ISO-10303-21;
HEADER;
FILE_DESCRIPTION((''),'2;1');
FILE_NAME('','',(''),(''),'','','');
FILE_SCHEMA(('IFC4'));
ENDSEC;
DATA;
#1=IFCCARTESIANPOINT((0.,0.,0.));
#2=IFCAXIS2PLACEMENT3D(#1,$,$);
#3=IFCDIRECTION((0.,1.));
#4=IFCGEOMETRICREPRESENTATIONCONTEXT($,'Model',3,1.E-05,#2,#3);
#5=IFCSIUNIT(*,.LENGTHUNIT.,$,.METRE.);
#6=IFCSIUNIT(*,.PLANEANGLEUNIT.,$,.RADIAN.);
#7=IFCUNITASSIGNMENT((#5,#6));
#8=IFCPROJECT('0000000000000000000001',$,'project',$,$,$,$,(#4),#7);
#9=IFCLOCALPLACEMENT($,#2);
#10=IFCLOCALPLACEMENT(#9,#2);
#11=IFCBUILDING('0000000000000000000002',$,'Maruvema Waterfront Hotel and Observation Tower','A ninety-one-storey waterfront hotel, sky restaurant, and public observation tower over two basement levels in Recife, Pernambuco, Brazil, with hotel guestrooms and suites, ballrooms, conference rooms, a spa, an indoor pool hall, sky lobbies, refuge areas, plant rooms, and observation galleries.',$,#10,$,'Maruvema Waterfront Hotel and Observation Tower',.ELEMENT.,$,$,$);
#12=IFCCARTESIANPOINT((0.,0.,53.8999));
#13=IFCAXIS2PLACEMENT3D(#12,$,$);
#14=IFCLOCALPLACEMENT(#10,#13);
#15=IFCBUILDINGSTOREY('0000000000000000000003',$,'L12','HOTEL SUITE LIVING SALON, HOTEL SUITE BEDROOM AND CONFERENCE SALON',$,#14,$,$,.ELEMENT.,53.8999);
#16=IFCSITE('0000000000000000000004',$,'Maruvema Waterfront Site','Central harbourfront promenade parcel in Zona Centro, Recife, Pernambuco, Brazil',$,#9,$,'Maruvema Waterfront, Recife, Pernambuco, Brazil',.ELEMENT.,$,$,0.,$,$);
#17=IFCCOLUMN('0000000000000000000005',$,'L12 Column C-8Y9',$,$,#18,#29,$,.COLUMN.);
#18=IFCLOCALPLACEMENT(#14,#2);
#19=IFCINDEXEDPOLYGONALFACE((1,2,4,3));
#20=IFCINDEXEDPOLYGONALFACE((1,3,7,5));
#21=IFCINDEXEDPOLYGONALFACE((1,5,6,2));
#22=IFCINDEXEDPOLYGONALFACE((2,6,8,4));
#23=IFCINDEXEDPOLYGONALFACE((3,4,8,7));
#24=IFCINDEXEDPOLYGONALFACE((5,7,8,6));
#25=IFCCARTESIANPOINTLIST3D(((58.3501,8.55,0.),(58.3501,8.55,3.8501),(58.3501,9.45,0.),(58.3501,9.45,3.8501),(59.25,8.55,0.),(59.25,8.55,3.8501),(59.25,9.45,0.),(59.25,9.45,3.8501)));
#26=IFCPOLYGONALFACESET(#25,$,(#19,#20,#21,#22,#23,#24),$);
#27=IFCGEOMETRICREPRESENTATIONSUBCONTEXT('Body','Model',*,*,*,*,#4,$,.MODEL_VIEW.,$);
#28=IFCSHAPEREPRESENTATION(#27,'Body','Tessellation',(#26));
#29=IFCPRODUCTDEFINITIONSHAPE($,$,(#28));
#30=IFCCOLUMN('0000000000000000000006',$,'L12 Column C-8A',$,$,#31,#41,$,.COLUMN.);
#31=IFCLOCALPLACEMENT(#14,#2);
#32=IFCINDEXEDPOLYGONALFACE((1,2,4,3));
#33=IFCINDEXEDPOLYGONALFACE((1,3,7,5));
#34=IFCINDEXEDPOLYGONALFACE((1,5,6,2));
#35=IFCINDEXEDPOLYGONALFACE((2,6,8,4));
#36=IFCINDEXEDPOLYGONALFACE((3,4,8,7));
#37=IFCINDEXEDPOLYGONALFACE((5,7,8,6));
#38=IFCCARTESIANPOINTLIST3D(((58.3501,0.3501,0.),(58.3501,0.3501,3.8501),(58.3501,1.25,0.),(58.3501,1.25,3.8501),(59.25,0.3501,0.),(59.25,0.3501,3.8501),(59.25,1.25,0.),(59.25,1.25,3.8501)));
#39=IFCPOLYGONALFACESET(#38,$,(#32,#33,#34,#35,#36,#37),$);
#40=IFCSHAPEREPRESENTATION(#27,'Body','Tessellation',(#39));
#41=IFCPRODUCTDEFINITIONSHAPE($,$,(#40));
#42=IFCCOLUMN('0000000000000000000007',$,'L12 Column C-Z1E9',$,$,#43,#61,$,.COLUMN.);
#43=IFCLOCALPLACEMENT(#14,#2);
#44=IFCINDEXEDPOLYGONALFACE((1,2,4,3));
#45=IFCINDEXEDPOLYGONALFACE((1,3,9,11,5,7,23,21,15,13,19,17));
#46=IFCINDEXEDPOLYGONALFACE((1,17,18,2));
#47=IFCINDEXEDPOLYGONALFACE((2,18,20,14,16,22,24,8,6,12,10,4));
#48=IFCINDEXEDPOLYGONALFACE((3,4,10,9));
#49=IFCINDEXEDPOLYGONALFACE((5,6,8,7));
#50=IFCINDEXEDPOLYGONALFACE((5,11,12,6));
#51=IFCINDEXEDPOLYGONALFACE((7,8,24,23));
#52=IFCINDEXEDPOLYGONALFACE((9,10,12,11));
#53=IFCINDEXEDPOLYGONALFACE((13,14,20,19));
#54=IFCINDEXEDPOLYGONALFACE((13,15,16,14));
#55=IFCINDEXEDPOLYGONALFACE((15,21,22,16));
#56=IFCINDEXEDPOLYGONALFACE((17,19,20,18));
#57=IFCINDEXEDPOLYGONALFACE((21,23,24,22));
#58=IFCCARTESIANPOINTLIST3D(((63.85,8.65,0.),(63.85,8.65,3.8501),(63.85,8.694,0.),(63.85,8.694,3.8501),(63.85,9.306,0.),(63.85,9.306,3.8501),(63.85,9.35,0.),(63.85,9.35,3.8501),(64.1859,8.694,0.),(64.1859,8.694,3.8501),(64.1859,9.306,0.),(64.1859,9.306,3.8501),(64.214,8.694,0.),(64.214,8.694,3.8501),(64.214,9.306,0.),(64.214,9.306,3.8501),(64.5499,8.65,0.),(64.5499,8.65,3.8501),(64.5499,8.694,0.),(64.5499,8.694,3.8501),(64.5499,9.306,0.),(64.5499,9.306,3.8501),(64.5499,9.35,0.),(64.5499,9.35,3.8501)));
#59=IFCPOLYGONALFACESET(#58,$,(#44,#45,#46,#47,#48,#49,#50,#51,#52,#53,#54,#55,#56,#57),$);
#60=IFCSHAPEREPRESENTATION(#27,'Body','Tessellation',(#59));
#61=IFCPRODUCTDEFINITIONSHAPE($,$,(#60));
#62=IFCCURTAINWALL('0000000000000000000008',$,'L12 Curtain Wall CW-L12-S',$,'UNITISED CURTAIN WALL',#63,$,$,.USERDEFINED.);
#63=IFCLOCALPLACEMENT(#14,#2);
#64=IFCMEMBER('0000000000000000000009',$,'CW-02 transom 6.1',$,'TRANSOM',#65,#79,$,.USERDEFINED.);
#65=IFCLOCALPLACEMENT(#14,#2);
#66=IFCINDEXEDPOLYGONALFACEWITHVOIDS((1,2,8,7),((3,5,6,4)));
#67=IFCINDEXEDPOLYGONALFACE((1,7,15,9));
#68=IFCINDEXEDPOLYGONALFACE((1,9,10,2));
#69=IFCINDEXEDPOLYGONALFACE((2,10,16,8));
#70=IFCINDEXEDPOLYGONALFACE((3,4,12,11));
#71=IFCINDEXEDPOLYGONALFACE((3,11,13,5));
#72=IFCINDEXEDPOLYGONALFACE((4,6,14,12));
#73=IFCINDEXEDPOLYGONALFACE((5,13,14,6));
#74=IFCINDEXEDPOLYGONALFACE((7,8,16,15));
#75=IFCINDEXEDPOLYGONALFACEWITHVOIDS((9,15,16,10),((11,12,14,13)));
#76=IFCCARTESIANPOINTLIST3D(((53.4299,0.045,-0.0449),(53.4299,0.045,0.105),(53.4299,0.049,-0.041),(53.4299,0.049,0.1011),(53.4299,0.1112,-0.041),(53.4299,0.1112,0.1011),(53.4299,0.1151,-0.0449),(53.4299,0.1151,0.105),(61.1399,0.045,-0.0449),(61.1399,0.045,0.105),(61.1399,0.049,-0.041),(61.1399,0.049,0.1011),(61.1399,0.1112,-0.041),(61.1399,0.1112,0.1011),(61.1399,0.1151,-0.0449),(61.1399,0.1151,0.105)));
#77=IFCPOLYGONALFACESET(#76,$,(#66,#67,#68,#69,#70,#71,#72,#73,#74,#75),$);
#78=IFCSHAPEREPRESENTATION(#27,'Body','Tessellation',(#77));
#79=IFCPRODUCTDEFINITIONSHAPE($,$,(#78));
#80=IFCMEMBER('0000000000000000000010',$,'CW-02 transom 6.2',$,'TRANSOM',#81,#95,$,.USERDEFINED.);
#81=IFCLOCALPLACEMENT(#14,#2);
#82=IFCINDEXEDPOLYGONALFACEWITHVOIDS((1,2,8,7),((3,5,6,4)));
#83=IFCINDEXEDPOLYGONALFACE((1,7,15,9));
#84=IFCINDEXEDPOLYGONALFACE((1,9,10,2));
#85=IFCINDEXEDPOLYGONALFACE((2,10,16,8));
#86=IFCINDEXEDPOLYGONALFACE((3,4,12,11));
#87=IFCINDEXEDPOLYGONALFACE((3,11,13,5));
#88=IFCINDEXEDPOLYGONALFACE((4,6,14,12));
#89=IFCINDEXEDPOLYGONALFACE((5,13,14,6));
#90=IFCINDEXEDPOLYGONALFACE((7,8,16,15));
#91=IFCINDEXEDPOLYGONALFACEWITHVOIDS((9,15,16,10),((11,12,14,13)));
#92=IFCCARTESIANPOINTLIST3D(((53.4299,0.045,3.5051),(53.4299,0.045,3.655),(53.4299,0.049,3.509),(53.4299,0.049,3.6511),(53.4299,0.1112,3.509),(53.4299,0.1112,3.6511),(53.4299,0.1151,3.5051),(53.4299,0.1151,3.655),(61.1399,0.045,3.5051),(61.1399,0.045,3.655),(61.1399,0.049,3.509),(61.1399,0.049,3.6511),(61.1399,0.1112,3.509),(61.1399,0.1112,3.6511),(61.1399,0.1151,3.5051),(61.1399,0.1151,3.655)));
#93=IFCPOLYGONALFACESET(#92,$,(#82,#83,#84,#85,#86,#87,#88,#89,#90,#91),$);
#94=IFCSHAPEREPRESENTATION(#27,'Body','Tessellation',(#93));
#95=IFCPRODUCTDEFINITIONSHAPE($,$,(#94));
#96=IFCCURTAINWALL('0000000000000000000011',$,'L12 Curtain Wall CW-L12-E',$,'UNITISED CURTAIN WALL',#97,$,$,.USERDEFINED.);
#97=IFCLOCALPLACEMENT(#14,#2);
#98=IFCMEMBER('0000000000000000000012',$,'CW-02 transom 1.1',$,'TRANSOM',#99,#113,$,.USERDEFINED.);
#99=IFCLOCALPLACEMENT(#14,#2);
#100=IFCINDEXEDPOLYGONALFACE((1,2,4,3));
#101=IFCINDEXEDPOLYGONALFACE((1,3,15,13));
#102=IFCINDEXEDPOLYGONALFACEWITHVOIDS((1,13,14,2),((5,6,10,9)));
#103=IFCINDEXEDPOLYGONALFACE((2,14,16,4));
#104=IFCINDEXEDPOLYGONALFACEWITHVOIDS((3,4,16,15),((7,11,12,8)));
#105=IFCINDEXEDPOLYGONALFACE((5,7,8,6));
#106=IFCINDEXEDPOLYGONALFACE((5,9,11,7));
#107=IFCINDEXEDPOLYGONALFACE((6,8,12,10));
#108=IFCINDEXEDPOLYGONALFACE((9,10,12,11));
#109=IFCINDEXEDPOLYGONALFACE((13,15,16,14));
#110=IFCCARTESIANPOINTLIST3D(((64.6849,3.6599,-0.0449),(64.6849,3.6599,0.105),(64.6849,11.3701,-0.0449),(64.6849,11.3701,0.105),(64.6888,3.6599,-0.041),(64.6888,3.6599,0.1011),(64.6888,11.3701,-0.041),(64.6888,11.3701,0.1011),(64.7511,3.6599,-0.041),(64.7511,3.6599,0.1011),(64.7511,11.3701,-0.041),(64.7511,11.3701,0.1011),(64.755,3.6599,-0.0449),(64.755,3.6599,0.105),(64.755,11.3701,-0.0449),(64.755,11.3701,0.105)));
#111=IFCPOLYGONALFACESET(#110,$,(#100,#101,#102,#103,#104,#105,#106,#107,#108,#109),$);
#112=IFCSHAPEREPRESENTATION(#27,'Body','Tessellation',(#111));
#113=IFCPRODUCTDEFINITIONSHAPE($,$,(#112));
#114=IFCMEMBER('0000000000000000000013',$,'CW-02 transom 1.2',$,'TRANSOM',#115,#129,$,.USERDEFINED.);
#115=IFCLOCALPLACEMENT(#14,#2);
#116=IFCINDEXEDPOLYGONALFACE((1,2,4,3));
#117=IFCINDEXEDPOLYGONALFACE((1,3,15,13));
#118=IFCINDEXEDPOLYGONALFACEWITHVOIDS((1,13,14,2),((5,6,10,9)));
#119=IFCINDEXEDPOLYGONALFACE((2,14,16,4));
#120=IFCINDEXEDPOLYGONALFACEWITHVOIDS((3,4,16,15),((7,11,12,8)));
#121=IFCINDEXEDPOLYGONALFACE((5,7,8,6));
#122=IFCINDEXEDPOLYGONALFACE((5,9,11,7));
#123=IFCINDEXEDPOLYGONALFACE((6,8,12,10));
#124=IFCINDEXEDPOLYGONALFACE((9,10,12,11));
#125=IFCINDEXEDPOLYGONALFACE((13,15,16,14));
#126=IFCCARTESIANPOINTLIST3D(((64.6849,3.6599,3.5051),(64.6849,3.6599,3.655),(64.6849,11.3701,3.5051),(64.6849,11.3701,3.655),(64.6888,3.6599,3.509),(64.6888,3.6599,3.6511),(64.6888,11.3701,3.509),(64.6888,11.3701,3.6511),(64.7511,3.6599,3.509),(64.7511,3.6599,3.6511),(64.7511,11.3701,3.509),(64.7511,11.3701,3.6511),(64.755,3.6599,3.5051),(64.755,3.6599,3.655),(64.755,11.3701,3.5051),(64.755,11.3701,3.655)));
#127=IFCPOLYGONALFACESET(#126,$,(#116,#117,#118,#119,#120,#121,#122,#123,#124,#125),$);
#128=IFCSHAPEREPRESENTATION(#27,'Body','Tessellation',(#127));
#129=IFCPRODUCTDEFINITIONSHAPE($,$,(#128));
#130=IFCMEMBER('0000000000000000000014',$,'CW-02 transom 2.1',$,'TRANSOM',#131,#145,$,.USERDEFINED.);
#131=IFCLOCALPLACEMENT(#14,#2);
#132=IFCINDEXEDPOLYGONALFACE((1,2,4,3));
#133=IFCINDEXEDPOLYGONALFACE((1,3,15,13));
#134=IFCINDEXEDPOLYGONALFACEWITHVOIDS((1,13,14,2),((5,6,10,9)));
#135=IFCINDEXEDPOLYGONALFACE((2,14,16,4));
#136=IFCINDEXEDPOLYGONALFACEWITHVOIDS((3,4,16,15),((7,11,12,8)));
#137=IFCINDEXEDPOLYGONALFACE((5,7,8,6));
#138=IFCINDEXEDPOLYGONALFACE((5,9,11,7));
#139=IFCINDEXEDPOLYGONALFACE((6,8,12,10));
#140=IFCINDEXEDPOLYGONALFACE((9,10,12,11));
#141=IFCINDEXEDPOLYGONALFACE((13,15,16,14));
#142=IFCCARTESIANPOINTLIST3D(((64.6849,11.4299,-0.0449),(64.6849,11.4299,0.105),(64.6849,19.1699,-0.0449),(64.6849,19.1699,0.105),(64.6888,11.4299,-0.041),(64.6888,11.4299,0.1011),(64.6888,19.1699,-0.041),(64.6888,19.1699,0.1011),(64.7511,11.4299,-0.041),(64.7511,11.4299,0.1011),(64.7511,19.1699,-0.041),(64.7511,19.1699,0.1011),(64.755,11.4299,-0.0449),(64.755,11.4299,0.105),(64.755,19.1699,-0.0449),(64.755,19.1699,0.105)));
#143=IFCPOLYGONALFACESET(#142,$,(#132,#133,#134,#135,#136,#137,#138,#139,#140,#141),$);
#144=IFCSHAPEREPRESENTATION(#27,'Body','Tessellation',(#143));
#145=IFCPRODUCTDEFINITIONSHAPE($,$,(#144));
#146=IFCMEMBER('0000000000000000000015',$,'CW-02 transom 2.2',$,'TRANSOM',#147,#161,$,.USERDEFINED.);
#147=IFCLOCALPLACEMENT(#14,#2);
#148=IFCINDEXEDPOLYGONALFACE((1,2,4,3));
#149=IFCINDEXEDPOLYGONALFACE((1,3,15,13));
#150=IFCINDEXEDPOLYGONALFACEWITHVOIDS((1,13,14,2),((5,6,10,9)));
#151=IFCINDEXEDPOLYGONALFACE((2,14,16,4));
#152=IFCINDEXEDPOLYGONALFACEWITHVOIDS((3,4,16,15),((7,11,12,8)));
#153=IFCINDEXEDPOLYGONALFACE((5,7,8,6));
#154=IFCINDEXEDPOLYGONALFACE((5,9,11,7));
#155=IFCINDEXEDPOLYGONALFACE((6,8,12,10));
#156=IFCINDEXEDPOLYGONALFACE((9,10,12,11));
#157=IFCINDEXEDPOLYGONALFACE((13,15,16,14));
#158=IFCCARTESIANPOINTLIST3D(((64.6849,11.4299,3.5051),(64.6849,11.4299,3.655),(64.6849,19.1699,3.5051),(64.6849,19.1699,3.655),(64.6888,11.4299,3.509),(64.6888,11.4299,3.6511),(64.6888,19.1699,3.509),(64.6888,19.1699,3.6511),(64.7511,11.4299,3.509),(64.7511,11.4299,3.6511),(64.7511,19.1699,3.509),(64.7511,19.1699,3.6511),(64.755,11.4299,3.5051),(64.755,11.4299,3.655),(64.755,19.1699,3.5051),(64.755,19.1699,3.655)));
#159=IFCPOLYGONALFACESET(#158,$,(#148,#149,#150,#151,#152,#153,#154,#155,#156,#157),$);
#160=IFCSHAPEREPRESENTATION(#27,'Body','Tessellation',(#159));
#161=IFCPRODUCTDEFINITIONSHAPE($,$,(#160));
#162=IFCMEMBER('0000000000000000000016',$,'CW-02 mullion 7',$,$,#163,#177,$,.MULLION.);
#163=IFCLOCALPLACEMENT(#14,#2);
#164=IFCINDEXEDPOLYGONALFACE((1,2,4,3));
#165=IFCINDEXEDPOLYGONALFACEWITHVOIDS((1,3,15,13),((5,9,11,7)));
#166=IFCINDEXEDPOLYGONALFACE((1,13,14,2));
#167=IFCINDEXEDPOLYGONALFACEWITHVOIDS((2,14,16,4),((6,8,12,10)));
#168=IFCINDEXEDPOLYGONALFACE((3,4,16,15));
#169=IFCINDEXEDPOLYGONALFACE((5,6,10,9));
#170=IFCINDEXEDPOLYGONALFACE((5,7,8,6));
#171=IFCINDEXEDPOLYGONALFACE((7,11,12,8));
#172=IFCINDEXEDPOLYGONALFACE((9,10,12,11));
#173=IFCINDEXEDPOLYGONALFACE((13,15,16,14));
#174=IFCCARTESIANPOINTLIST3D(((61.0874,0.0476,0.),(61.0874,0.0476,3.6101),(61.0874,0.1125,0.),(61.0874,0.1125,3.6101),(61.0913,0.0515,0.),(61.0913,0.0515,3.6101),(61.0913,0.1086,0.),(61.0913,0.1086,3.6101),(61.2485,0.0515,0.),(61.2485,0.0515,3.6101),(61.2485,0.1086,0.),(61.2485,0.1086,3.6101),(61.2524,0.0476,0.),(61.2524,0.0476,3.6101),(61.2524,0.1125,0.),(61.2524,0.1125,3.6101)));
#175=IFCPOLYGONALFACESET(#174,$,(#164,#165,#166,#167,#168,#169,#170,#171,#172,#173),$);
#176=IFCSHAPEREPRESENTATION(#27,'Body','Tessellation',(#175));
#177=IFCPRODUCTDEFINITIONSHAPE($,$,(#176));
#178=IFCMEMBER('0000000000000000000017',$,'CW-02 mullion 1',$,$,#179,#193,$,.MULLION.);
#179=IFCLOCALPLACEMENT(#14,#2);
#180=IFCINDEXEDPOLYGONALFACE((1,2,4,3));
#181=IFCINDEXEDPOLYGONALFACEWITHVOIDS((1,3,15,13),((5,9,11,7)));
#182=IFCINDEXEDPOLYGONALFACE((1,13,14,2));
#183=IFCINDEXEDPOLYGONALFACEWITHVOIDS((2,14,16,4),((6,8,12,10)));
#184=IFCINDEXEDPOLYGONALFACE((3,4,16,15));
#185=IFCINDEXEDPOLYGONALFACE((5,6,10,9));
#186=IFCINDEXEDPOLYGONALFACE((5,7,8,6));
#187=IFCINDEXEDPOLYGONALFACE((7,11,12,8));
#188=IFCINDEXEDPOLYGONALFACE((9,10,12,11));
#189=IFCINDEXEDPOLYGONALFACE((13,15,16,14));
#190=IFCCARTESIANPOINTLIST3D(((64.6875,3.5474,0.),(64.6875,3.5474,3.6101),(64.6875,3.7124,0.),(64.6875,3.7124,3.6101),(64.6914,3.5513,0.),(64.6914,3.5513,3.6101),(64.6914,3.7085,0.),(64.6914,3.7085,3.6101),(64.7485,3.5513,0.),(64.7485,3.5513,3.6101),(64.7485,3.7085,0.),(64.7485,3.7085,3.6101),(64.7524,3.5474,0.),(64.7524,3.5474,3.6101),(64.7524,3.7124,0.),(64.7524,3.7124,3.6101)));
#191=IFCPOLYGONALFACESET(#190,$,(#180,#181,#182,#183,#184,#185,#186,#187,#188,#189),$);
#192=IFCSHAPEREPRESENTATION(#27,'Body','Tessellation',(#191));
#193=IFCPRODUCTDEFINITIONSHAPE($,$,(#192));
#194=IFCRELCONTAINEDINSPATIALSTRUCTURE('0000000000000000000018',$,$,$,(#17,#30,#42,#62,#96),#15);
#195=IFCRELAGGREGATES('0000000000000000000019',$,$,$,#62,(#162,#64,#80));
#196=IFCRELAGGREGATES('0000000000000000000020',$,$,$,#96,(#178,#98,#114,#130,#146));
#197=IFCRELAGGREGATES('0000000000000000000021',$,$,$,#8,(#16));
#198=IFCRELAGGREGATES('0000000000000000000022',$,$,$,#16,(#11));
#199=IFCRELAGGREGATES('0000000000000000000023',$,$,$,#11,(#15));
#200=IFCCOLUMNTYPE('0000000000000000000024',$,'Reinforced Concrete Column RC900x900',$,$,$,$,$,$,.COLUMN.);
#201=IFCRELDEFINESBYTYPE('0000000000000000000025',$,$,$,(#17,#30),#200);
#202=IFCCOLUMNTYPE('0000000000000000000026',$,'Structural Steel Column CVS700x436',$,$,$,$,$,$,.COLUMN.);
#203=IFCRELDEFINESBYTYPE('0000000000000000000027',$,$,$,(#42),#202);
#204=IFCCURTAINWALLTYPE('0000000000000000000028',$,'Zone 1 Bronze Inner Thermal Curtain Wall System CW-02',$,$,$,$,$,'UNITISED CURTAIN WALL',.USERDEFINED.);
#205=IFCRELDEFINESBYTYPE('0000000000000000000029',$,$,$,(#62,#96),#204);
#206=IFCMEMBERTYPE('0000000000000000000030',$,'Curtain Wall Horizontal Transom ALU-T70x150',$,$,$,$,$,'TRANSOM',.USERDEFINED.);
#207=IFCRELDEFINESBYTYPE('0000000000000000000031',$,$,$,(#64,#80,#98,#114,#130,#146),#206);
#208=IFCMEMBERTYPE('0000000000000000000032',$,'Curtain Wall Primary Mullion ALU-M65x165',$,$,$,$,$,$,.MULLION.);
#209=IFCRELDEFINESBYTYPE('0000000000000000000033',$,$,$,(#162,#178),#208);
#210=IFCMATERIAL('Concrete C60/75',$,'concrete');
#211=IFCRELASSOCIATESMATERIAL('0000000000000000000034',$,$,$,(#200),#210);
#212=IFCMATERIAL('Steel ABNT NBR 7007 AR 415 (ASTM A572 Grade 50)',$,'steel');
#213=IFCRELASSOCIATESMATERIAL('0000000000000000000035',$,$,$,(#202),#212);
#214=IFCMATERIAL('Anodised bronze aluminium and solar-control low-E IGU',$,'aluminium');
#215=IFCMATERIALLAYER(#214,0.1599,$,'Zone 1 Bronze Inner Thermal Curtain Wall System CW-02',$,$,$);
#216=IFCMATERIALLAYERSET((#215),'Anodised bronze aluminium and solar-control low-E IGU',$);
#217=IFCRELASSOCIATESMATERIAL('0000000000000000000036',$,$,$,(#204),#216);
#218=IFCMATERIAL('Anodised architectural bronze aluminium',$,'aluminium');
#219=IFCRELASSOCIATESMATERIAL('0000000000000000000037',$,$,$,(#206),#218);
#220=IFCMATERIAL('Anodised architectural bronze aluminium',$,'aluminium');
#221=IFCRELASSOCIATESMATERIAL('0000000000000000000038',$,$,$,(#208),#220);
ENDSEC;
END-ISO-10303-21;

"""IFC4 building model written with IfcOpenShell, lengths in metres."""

from ifc_helpers import new_model, si_unit, direction, frame, origin, origin_2d, place, context, subcontext, project, spatial, rectangle, hollow_rectangle, i_section, extrude, material, layer, layer_set, material_profile, profile_set, type_object, element, aggregate, save


model = new_model("IFC4")

# Units and contexts
model_context = context("Model", 3, precision=1e-05, world=origin(), true_north=direction((0.0, 1.0)))
body_context = subcontext(model_context, "Body", "Model", "MODEL_VIEW")
ifc_project = project(units=[si_unit("LENGTHUNIT", "METRE"), si_unit("PLANEANGLEUNIT", "RADIAN")], contexts=[model_context])

# Site, building, storey
site_placement = place(None, origin())
site = spatial("IfcSite", under=ifc_project, at=site_placement, Name="Maruvema Waterfront Site", Description="Central harbourfront promenade parcel in Zona Centro, Recife, Pernambuco, Brazil", LongName="Maruvema Waterfront, Recife, Pernambuco, Brazil", CompositionType="ELEMENT", RefElevation=0.0)
building_placement = place(site_placement, origin())
building = spatial("IfcBuilding", under=site, at=building_placement, Name="Maruvema Waterfront Hotel and Observation Tower", Description="A ninety-one-storey waterfront hotel, sky restaurant, and public observation tower over two basement levels in Recife, Pernambuco, Brazil, with hotel guestrooms and suites, ballrooms, conference rooms, a spa, an indoor pool hall, sky lobbies, refuge areas, plant rooms, and observation galleries.", LongName="Maruvema Waterfront Hotel and Observation Tower", CompositionType="ELEMENT")
storey_placement = place(building_placement, frame((0.0, 0.0, 53.8999)))
storey = spatial("IfcBuildingStorey", under=building, at=storey_placement, Name="L12", Description="HOTEL SUITE LIVING SALON, HOTEL SUITE BEDROOM AND CONFERENCE SALON", CompositionType="ELEMENT", Elevation=53.8999)

# Columns
ifc_material_1 = material(Name="Concrete C60/75", Category="concrete")
ifc_material_profile_1 = material_profile(ifc_material_1, rectangle(XDim=0.8999, YDim=0.8999, at=origin_2d()), Name="RC900x900")
ifc_profile_set_1 = profile_set([ifc_material_profile_1], Name="Concrete C60/75")
column_type_1 = type_object("IfcColumnType", Name="Reinforced Concrete Column RC900x900", PredefinedType="COLUMN", material=ifc_profile_set_1)
for number, where, z_axis, x_axis, name in (
    (1, (58.8, 9.0, 0.0), (0.0, 0.0, 1.0), (1.0, 0.0, 0.0), "L12 Column C-8Y9"),
    (2, (58.8, 0.8, 0.0), (0.0, 0.0, 1.0), (1.0, 0.0, 0.0), "L12 Column C-8A"),
):
    element("IfcColumn", number, at=place(storey_placement, frame(where, z_axis=z_axis, x_axis=x_axis)), inside=storey, type_object=column_type_1, Name=name, PredefinedType="COLUMN", context=body_context, shape_type="SweptSolid", body=[
        extrude(rectangle(XDim=0.8999, YDim=0.8999, at=origin_2d()), origin(), (0.0, 0.0, 1.0), 3.8501),
    ])
ifc_material_2 = material(Name="Steel ABNT NBR 7007 AR 415 (ASTM A572 Grade 50)", Category="steel")
ifc_material_profile_2 = material_profile(ifc_material_2, i_section(OverallWidth=0.7, OverallDepth=0.7, WebThickness=0.0281, FlangeThickness=0.0439, at=origin_2d()), Name="CVS700x436")
ifc_profile_set_2 = profile_set([ifc_material_profile_2], Name="Steel ABNT NBR 7007 AR 415 (ASTM A572 Grade 50)")
column_type_2 = type_object("IfcColumnType", Name="Structural Steel Column CVS700x436", PredefinedType="COLUMN", material=ifc_profile_set_2)
column_placement = place(storey_placement, frame((64.2, 9.0, 0.0), z_axis=(0.0, 0.0, 1.0), x_axis=(1.0, 0.0, 0.0)))
element("IfcColumn", 3, at=column_placement, inside=storey, type_object=column_type_2, Name="L12 Column C-Z1E9", PredefinedType="COLUMN", context=body_context, shape_type="SweptSolid", body=[
    extrude(i_section(OverallWidth=0.7, OverallDepth=0.7, WebThickness=0.0281, FlangeThickness=0.0439, at=origin_2d()), origin(), (0.0, 0.0, 1.0), 3.8501),
])

# Curtain walls, members
ifc_material_3 = material(Name="Anodised bronze aluminium and solar-control low-E IGU", Category="aluminium")
ifc_layer_1 = layer(ifc_material_3, 0.1599, Name="Zone 1 Bronze Inner Thermal Curtain Wall System CW-02")
ifc_layer_set_1 = layer_set([ifc_layer_1], Name="Anodised bronze aluminium and solar-control low-E IGU")
curtain_wall_type = type_object("IfcCurtainWallType", Name="Zone 1 Bronze Inner Thermal Curtain Wall System CW-02", ElementType="UNITISED CURTAIN WALL", PredefinedType="USERDEFINED", material=ifc_layer_set_1)
curtain_wall_1_placement = place(storey_placement, origin())
curtain_wall_1 = element("IfcCurtainWall", 4, at=curtain_wall_1_placement, inside=storey, type_object=curtain_wall_type, Name="L12 Curtain Wall CW-L12-S", ObjectType="UNITISED CURTAIN WALL", PredefinedType="USERDEFINED")
ifc_material_4 = material(Name="Anodised architectural bronze aluminium", Category="aluminium")
ifc_material_profile_3 = material_profile(ifc_material_4, hollow_rectangle(XDim=0.0701, YDim=0.1499, WallThickness=0.0039, at=origin_2d()), Name="ALU-T70x150")
ifc_profile_set_3 = profile_set([ifc_material_profile_3], Name="Anodised architectural bronze aluminium")
member_type_1 = type_object("IfcMemberType", Name="Curtain Wall Horizontal Transom ALU-T70x150", ElementType="TRANSOM", PredefinedType="USERDEFINED", material=ifc_profile_set_3)
member_1_placement = place(storey_placement, frame((53.4299, 0.0801, 0.03), z_axis=(1.0, 0.0, 0.0), x_axis=(0.0, 1.0, 0.0)))
member_1 = element("IfcMember", 5, at=member_1_placement, type_object=member_type_1, Name="CW-02 transom 6.1", ObjectType="TRANSOM", PredefinedType="USERDEFINED", context=body_context, shape_type="SweptSolid", body=[
    extrude(hollow_rectangle(XDim=0.0701, YDim=0.1499, WallThickness=0.0039, at=origin_2d()), origin(), (0.0, 0.0, 1.0), 7.71),
])
member_2_placement = place(storey_placement, frame((53.4299, 0.0801, 3.5801), z_axis=(1.0, 0.0, 0.0), x_axis=(0.0, 1.0, 0.0)))
member_2 = element("IfcMember", 6, at=member_2_placement, type_object=member_type_1, Name="CW-02 transom 6.2", ObjectType="TRANSOM", PredefinedType="USERDEFINED", context=body_context, shape_type="SweptSolid", body=[
    extrude(hollow_rectangle(XDim=0.0701, YDim=0.1499, WallThickness=0.0039, at=origin_2d()), origin(), (0.0, 0.0, 1.0), 7.71),
])
curtain_wall_2_placement = place(storey_placement, origin())
curtain_wall_2 = element("IfcCurtainWall", 7, at=curtain_wall_2_placement, inside=storey, type_object=curtain_wall_type, Name="L12 Curtain Wall CW-L12-E", ObjectType="UNITISED CURTAIN WALL", PredefinedType="USERDEFINED")
member_3_placement = place(storey_placement, frame((64.72, 3.6599, 0.03), z_axis=(0.0, 1.0, 0.0), x_axis=(-1.0, 0.0, 0.0)))
member_3 = element("IfcMember", 8, at=member_3_placement, type_object=member_type_1, Name="CW-02 transom 1.1", ObjectType="TRANSOM", PredefinedType="USERDEFINED", context=body_context, shape_type="SweptSolid", body=[
    extrude(hollow_rectangle(XDim=0.0701, YDim=0.1499, WallThickness=0.0039, at=origin_2d()), origin(), (0.0, 0.0, 1.0), 7.7102),
])
member_4_placement = place(storey_placement, frame((64.72, 3.6599, 3.5801), z_axis=(0.0, 1.0, 0.0), x_axis=(-1.0, 0.0, 0.0)))
member_4 = element("IfcMember", 9, at=member_4_placement, type_object=member_type_1, Name="CW-02 transom 1.2", ObjectType="TRANSOM", PredefinedType="USERDEFINED", context=body_context, shape_type="SweptSolid", body=[
    extrude(hollow_rectangle(XDim=0.0701, YDim=0.1499, WallThickness=0.0039, at=origin_2d()), origin(), (0.0, 0.0, 1.0), 7.7102),
])
member_5_placement = place(storey_placement, frame((64.72, 11.4299, 0.03), z_axis=(0.0, 1.0, 0.0), x_axis=(-1.0, 0.0, 0.0)))
member_5 = element("IfcMember", 10, at=member_5_placement, type_object=member_type_1, Name="CW-02 transom 2.1", ObjectType="TRANSOM", PredefinedType="USERDEFINED", context=body_context, shape_type="SweptSolid", body=[
    extrude(hollow_rectangle(XDim=0.0701, YDim=0.1499, WallThickness=0.0039, at=origin_2d()), origin(), (0.0, 0.0, 1.0), 7.74),
])
member_6_placement = place(storey_placement, frame((64.72, 11.4299, 3.5801), z_axis=(0.0, 1.0, 0.0), x_axis=(-1.0, 0.0, 0.0)))
member_6 = element("IfcMember", 11, at=member_6_placement, type_object=member_type_1, Name="CW-02 transom 2.2", ObjectType="TRANSOM", PredefinedType="USERDEFINED", context=body_context, shape_type="SweptSolid", body=[
    extrude(hollow_rectangle(XDim=0.0701, YDim=0.1499, WallThickness=0.0039, at=origin_2d()), origin(), (0.0, 0.0, 1.0), 7.74),
])

# Members
ifc_material_5 = material(Name="Anodised architectural bronze aluminium", Category="aluminium")
ifc_material_profile_4 = material_profile(ifc_material_5, hollow_rectangle(XDim=0.0649, YDim=0.165, WallThickness=0.0039, at=origin_2d()), Name="ALU-M65x165")
ifc_profile_set_4 = profile_set([ifc_material_profile_4], Name="Anodised architectural bronze aluminium")
member_type_2 = type_object("IfcMemberType", Name="Curtain Wall Primary Mullion ALU-M65x165", PredefinedType="MULLION", material=ifc_profile_set_4)
member_7_placement = place(storey_placement, frame((61.1699, 0.0801, 0.0), z_axis=(0.0, 0.0, 1.0), x_axis=(0.0, 1.0, 0.0)))
member_7 = element("IfcMember", 12, at=member_7_placement, type_object=member_type_2, Name="CW-02 mullion 7", PredefinedType="MULLION", context=body_context, shape_type="SweptSolid", body=[
    extrude(hollow_rectangle(XDim=0.0649, YDim=0.165, WallThickness=0.0039, at=origin_2d()), origin(), (0.0, 0.0, 1.0), 3.6101),
])
member_8_placement = place(storey_placement, frame((64.72, 3.6299, 0.0), z_axis=(0.0, 0.0, 1.0), x_axis=(-1.0, 0.0, 0.0)))
member_8 = element("IfcMember", 13, at=member_8_placement, type_object=member_type_2, Name="CW-02 mullion 1", PredefinedType="MULLION", context=body_context, shape_type="SweptSolid", body=[
    extrude(hollow_rectangle(XDim=0.0649, YDim=0.165, WallThickness=0.0039, at=origin_2d()), origin(), (0.0, 0.0, 1.0), 3.6101),
])

aggregate(curtain_wall_1, [member_7, member_1, member_2])
aggregate(curtain_wall_2, [member_8, member_3, member_4, member_5, member_6])

save(model, "model.ifc")
